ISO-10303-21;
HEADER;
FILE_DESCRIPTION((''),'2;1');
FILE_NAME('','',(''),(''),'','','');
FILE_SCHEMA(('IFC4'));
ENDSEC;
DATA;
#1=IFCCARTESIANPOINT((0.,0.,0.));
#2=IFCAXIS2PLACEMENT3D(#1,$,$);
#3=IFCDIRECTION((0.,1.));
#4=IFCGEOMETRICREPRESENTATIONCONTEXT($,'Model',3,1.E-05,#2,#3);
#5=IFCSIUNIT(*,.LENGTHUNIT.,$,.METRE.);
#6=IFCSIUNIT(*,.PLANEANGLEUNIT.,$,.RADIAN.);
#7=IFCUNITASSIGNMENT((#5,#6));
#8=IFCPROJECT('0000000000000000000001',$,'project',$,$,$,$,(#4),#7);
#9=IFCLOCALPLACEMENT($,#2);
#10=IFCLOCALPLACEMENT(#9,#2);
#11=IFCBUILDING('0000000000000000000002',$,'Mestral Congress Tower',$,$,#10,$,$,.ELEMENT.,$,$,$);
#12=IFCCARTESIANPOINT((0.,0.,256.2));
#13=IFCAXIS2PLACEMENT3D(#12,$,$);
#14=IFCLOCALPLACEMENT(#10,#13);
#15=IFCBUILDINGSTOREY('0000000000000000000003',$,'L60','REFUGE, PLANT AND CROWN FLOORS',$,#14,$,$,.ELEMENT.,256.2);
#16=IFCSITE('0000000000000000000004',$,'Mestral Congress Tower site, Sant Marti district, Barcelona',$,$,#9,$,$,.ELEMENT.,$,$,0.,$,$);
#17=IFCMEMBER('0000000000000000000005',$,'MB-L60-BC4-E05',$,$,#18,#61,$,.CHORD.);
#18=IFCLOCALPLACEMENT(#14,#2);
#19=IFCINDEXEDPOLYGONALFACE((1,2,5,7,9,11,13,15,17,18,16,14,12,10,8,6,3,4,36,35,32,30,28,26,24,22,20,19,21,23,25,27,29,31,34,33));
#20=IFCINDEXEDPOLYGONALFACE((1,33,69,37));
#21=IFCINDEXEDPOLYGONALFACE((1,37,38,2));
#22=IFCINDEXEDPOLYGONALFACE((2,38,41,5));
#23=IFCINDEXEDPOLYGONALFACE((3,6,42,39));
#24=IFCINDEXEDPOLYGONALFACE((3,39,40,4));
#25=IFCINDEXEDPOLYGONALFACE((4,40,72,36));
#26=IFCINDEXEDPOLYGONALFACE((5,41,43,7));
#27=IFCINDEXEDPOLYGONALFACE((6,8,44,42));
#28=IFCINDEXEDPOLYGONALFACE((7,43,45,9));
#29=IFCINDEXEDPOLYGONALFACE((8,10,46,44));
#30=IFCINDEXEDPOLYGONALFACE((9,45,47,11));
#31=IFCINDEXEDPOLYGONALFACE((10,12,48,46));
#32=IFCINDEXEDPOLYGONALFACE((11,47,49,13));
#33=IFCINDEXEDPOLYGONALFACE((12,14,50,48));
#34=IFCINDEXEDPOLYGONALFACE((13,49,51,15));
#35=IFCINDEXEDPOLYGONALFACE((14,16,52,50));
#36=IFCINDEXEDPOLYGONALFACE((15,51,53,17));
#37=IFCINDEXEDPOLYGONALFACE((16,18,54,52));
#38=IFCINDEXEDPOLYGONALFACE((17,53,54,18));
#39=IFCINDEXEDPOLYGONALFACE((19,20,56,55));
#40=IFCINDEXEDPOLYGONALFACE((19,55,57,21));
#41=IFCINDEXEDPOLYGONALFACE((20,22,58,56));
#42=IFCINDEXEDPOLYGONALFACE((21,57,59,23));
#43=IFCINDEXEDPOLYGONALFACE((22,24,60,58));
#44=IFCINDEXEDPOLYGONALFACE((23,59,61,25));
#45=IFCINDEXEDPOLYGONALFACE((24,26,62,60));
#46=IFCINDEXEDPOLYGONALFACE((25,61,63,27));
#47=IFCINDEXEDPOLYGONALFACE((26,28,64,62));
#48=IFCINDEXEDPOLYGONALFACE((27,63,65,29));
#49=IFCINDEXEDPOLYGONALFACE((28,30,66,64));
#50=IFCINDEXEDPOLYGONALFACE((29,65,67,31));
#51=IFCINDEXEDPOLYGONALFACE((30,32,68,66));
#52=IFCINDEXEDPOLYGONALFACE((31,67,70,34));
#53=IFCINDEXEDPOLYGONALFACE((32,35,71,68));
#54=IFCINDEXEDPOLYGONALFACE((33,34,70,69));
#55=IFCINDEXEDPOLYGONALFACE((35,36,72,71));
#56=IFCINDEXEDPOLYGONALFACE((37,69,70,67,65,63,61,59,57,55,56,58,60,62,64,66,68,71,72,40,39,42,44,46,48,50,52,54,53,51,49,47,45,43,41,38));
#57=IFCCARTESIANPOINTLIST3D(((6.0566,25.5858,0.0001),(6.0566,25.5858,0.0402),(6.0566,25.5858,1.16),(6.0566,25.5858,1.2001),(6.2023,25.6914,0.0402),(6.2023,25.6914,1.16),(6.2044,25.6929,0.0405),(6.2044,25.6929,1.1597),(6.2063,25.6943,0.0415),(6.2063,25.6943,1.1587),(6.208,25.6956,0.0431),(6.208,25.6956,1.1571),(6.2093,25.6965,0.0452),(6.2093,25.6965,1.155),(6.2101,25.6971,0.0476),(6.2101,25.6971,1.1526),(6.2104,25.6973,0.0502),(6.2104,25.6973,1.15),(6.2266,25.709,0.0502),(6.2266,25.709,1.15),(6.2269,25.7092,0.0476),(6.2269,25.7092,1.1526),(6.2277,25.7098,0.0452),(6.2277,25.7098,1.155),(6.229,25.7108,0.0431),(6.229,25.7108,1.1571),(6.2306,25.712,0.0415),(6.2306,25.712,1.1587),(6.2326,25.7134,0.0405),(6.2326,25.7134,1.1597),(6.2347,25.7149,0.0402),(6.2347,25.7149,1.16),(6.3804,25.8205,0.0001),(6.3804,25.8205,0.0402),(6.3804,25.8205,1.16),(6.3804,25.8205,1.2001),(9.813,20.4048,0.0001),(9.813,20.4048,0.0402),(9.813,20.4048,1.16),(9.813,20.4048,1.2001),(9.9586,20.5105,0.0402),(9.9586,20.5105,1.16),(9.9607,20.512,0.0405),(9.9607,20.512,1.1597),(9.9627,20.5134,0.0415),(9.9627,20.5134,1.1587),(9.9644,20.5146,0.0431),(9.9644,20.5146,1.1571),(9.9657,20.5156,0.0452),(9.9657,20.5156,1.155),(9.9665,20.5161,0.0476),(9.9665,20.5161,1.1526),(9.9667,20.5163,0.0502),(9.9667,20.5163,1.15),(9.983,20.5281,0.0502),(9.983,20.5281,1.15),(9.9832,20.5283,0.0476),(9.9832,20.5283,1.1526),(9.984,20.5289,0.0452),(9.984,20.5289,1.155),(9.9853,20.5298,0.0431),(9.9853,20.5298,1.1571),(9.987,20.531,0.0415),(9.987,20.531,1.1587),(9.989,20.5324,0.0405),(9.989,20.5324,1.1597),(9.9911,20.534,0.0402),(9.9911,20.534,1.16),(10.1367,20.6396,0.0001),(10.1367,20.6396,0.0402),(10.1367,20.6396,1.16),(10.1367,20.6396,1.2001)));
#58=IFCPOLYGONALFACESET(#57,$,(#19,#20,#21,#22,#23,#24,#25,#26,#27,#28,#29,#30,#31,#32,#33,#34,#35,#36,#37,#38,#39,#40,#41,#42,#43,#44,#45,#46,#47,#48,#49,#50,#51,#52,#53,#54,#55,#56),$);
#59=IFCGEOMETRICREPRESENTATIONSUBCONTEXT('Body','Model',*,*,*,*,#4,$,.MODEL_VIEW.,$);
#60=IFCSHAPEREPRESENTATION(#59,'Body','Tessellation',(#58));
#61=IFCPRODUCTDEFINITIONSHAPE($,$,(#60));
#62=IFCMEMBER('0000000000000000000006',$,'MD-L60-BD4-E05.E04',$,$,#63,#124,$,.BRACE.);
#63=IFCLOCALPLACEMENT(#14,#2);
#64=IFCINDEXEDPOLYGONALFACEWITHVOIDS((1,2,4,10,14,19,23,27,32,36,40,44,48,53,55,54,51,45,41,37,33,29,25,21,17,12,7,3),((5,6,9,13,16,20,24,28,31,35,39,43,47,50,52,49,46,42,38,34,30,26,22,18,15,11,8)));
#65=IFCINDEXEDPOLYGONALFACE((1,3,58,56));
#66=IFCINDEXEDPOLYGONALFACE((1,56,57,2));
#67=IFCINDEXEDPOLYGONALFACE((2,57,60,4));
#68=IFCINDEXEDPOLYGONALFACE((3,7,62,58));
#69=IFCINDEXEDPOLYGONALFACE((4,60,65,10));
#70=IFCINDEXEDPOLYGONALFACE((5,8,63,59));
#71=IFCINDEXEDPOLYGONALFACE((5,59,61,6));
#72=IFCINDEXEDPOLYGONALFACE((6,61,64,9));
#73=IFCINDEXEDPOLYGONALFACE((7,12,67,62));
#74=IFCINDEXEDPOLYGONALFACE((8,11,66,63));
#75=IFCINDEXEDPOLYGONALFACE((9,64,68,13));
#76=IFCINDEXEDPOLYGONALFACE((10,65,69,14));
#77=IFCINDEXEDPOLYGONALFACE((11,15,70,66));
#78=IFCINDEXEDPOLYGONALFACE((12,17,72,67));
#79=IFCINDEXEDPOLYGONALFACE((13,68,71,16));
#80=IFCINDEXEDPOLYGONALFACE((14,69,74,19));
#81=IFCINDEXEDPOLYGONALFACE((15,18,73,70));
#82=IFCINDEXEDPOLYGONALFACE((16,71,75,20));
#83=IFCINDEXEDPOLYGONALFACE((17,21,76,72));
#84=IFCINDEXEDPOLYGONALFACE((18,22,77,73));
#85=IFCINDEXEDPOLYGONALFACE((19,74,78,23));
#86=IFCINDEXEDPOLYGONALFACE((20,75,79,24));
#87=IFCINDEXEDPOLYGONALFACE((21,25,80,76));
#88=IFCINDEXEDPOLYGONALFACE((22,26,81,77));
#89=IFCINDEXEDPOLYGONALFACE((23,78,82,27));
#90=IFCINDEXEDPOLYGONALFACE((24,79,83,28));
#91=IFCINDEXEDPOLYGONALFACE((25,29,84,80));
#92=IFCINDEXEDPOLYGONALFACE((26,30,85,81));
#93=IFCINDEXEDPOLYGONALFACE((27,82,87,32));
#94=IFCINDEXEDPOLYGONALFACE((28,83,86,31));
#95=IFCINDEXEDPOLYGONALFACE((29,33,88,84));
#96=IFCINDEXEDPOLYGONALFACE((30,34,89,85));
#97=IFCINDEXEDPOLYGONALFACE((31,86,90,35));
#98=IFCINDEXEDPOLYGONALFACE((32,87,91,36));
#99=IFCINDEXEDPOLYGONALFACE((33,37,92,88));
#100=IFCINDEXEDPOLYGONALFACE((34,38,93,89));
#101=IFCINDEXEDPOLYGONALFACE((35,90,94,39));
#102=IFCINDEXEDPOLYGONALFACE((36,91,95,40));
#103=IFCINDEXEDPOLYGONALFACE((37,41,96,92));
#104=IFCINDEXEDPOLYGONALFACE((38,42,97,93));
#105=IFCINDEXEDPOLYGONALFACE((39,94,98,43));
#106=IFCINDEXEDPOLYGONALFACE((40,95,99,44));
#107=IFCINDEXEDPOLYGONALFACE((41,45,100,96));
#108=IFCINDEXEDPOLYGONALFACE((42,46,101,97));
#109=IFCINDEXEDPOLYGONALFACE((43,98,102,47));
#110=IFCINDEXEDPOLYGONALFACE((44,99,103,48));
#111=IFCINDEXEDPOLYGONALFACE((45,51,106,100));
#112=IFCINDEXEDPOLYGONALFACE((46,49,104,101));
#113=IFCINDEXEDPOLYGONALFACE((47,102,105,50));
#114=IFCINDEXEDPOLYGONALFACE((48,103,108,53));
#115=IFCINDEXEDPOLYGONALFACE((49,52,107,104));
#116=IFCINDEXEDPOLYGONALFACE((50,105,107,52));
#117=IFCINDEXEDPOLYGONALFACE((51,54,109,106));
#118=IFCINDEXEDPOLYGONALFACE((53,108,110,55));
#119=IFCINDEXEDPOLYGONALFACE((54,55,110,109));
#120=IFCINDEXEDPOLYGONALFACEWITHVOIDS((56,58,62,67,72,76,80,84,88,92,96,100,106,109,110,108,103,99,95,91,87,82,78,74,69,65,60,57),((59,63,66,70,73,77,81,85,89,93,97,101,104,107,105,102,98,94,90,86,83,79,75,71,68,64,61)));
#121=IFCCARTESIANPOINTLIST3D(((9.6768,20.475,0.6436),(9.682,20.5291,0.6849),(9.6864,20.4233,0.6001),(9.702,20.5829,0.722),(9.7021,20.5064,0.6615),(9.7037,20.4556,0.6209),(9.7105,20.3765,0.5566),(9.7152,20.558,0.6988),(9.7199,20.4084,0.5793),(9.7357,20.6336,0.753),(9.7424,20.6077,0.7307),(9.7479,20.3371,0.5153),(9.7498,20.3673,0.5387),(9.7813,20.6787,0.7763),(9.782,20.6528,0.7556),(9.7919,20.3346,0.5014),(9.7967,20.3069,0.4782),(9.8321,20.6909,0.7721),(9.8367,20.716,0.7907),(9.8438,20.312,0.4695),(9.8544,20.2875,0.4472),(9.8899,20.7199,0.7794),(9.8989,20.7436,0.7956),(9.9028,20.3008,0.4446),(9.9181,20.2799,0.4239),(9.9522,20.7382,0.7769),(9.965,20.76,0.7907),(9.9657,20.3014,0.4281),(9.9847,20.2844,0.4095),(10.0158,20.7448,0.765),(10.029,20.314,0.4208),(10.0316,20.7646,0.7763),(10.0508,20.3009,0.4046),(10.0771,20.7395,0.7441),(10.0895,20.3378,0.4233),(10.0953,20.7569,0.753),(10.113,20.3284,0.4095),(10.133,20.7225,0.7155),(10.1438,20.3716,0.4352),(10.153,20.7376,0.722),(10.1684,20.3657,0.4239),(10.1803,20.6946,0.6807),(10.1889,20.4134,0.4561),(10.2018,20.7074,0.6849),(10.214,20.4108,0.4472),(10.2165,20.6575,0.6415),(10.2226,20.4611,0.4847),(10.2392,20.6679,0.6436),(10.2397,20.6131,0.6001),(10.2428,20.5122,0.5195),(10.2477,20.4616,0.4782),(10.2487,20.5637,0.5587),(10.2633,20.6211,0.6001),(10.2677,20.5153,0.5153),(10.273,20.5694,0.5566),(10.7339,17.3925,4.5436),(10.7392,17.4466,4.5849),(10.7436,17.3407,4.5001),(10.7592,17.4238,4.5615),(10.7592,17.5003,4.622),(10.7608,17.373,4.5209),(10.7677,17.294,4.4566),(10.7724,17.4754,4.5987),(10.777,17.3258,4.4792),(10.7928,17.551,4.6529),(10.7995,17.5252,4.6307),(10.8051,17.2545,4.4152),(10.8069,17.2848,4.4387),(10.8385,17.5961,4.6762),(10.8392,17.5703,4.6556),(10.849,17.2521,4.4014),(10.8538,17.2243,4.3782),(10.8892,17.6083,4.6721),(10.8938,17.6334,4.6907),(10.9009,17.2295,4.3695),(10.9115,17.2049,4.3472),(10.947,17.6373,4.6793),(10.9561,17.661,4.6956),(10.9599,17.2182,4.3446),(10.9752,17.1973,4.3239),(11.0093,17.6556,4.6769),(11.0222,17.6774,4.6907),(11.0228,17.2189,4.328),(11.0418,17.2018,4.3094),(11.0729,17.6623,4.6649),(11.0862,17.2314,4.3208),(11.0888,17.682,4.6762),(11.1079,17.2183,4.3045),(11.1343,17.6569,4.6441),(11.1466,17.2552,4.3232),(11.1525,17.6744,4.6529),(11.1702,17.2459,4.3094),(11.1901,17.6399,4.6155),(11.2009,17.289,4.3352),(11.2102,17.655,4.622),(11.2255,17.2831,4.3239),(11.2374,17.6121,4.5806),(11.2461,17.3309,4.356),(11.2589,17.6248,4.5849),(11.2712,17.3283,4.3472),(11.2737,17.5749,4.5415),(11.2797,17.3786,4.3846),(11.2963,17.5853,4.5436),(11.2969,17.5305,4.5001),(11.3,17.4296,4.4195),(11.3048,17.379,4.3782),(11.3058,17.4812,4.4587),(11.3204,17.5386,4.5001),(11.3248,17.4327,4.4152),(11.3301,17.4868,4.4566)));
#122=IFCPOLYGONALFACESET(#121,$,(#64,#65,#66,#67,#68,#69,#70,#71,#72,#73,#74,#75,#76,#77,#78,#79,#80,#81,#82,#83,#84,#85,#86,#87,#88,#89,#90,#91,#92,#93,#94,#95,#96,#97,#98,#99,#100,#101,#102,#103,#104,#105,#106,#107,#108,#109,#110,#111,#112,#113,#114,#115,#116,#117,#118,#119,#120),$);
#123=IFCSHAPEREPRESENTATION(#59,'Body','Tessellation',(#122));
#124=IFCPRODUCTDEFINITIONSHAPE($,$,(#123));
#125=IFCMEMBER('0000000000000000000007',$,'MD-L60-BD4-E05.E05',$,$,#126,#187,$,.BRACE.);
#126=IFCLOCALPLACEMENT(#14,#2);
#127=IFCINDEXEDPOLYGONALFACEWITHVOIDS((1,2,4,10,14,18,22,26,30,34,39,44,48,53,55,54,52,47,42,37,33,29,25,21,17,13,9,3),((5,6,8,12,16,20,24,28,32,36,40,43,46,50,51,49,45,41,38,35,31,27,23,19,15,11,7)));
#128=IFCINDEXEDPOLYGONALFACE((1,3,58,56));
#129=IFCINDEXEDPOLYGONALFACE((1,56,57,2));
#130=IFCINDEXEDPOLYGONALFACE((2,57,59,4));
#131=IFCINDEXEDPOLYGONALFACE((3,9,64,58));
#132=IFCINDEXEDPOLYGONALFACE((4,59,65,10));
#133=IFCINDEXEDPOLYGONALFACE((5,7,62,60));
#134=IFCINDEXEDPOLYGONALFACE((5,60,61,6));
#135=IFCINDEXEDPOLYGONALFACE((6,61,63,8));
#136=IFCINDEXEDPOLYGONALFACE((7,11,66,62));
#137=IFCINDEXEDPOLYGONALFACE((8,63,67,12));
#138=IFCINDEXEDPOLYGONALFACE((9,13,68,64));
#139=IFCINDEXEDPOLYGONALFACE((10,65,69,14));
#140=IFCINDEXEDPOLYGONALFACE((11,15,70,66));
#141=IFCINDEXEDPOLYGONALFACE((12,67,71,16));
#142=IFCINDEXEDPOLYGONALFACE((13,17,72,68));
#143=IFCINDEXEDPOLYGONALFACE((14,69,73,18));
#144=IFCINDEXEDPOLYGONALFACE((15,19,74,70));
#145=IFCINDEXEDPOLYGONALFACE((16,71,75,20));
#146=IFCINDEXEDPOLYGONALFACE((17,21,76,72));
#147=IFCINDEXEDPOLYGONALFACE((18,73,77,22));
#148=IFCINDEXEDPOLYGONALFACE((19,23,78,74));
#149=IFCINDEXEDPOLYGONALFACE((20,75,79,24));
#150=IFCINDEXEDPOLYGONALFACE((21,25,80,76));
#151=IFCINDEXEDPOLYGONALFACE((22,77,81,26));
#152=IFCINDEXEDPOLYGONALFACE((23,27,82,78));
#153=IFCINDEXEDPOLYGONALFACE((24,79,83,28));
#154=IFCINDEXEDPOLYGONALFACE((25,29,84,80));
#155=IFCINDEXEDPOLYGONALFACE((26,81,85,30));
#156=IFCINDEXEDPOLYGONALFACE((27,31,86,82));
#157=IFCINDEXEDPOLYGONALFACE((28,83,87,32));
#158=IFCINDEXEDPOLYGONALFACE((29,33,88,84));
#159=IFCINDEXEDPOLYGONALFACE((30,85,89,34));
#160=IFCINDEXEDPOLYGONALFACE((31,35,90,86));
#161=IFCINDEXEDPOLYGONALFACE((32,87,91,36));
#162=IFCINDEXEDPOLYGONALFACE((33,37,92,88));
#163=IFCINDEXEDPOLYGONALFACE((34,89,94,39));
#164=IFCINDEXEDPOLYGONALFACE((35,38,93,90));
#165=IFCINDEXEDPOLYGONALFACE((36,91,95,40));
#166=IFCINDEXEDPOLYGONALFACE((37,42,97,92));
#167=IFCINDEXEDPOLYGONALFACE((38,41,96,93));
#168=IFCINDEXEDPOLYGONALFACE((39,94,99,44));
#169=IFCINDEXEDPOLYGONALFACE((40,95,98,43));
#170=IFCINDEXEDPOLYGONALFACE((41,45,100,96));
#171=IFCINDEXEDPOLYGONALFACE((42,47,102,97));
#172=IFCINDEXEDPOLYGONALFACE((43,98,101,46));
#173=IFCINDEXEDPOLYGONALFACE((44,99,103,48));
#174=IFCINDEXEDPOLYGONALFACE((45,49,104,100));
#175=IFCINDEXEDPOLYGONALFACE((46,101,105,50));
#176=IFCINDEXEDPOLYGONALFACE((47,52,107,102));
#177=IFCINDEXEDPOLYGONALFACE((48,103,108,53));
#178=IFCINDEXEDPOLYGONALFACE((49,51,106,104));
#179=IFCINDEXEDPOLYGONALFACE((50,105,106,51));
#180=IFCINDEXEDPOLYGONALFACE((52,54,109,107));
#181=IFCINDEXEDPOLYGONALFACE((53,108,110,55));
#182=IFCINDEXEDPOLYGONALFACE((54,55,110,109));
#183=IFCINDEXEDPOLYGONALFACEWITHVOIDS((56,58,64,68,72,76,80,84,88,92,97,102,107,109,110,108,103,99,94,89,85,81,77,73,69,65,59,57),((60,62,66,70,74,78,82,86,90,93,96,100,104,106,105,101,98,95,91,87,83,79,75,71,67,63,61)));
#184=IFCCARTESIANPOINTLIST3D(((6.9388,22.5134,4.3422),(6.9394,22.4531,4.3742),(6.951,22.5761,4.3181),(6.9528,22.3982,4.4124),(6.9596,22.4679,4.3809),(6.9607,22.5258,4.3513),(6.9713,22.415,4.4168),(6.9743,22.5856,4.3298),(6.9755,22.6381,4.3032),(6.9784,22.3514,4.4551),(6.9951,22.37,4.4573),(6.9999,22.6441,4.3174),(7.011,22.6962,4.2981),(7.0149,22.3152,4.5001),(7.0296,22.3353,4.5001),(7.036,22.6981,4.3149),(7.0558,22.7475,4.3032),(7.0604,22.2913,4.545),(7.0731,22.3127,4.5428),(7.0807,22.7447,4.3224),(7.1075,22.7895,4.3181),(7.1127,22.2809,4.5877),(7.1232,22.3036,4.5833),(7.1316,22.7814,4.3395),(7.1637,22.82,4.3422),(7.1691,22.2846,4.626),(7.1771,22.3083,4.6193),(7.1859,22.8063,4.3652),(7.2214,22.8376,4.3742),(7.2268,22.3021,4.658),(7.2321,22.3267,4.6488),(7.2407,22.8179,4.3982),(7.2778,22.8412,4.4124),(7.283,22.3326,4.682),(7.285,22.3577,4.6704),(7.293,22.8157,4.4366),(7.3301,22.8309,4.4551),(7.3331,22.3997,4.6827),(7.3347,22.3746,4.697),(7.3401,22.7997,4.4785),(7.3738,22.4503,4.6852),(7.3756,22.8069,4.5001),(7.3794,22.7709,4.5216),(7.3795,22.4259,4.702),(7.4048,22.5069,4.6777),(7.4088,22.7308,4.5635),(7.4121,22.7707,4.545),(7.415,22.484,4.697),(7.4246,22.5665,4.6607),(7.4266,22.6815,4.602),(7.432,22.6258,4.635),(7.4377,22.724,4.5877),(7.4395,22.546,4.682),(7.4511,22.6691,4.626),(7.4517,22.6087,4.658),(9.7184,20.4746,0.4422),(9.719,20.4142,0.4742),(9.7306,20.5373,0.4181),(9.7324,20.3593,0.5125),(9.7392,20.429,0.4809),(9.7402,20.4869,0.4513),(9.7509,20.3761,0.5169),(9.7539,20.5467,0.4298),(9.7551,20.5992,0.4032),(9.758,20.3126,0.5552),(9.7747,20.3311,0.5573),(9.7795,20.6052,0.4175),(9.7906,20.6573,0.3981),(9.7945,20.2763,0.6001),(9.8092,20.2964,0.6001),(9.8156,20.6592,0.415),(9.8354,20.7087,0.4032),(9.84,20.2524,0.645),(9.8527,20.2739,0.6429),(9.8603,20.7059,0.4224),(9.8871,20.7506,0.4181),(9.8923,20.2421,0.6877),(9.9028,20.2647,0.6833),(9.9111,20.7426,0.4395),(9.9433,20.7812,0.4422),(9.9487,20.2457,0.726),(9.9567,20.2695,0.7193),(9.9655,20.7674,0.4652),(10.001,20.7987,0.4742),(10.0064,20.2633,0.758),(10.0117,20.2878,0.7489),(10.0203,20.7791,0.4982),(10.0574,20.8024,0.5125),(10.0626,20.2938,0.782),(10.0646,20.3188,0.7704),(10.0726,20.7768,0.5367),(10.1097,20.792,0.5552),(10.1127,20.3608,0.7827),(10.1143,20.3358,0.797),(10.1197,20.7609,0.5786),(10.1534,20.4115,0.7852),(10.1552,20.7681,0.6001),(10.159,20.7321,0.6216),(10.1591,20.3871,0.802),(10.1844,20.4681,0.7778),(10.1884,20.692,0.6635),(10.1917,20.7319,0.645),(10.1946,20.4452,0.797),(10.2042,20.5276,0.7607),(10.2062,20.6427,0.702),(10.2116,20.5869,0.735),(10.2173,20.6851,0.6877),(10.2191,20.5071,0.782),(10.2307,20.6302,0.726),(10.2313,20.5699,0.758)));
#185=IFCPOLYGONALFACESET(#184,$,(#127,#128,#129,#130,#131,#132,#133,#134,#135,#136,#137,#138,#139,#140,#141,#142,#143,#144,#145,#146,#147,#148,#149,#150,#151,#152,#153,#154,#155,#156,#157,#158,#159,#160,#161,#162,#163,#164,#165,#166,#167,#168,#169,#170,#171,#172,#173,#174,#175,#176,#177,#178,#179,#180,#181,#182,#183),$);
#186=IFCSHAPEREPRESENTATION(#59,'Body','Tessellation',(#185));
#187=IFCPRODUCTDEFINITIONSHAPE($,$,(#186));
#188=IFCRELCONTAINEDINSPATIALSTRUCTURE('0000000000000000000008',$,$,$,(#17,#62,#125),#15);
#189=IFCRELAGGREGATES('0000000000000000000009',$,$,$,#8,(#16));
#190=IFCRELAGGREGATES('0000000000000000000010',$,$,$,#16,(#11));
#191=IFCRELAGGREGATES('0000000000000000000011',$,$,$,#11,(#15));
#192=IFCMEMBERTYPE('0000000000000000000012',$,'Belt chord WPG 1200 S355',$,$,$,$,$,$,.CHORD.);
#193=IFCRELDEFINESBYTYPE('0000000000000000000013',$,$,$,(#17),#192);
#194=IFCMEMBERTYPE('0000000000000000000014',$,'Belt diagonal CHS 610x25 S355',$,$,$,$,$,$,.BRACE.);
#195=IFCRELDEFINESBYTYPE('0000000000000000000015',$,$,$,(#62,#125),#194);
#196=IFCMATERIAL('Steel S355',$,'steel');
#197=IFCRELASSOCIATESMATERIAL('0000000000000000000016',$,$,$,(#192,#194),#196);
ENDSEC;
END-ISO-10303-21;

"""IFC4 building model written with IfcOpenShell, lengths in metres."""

from ifc_helpers import new_model, si_unit, direction, frame, origin, origin_2d, place, context, subcontext, project, spatial, hollow_circle, i_section, extrude, material, material_profile, profile_set, type_object, element, save


model = new_model("IFC4")

# Units and contexts
model_context = context("Model", 3, precision=1e-05, world=origin(), true_north=direction((0.0, 1.0)))
body_context = subcontext(model_context, "Body", "Model", "MODEL_VIEW")
ifc_project = project(units=[si_unit("LENGTHUNIT", "METRE"), si_unit("PLANEANGLEUNIT", "RADIAN")], contexts=[model_context])

# Site, building, storey
site_placement = place(None, origin())
site = spatial("IfcSite", under=ifc_project, at=site_placement, Name="Mestral Congress Tower site, Sant Marti district, Barcelona", CompositionType="ELEMENT", RefElevation=0.0)
building_placement = place(site_placement, origin())
building = spatial("IfcBuilding", under=site, at=building_placement, Name="Mestral Congress Tower", CompositionType="ELEMENT")
storey_placement = place(building_placement, frame((0.0, 0.0, 256.2)))
storey = spatial("IfcBuildingStorey", under=building, at=storey_placement, Name="L60", Description="REFUGE, PLANT AND CROWN FLOORS", CompositionType="ELEMENT", Elevation=256.2)

# Members
ifc_material_1 = material(Name="Steel S355", Category="steel")
ifc_material_profile_1 = material_profile(ifc_material_1, i_section(OverallWidth=0.3999, OverallDepth=1.2, WebThickness=0.02, FlangeThickness=0.04, FilletRadius=0.01, at=origin_2d()), Name="WPG 1200")
ifc_profile_set_1 = profile_set([ifc_material_profile_1], Name="Steel S355")
member_type_1 = type_object("IfcMemberType", Name="Belt chord WPG 1200 S355", PredefinedType="CHORD", material=ifc_profile_set_1)
member_1_placement = place(storey_placement, frame((9.9749, 20.5222, 0.6001), z_axis=(-0.586987, 0.809596, 0.0), x_axis=(-0.809596, -0.586987, 0.0)))
element("IfcMember", 1, at=member_1_placement, inside=storey, type_object=member_type_1, Name="MB-L60-BC4-E05", PredefinedType="CHORD", context=body_context, shape_type="SweptSolid", body=[
    extrude(i_section(OverallWidth=0.3999, OverallDepth=1.2, WebThickness=0.02, FlangeThickness=0.04, FilletRadius=0.01, at=origin_2d()), origin(), (0.0, 0.0, 1.0), 6.3994),
])
ifc_material_profile_2 = material_profile(ifc_material_1, hollow_circle(Radius=0.3049, WallThickness=0.0249, at=origin_2d()), Name="CHS 610x25")
ifc_profile_set_2 = profile_set([ifc_material_profile_2], Name="Steel S355")
member_type_2 = type_object("IfcMemberType", Name="Belt diagonal CHS 610x25 S355", PredefinedType="BRACE", material=ifc_profile_set_2)
member_2_placement = place(storey_placement, frame((9.9749, 20.5222, 0.6001), z_axis=(0.208006, -0.606533, 0.767366), x_axis=(0.945921, 0.324397, 0.0)))
element("IfcMember", 2, at=member_2_placement, inside=storey, type_object=member_type_2, Name="MD-L60-BD4-E05.E04", PredefinedType="BRACE", context=body_context, shape_type="SweptSolid", body=[
    extrude(hollow_circle(Radius=0.3049, WallThickness=0.0249, at=origin_2d()), origin(), (0.0, 0.0, 1.0), 5.0823),
])
member_3_placement = place(storey_placement, frame((9.9749, 20.5222, 0.6001), z_axis=(-0.534015, 0.391705, 0.749263), x_axis=(-0.591456, -0.806337, 0.0)))
element("IfcMember", 3, at=member_3_placement, inside=storey, type_object=member_type_2, Name="MD-L60-BD4-E05.E05", PredefinedType="BRACE", context=body_context, shape_type="SweptSolid", body=[
    extrude(hollow_circle(Radius=0.3049, WallThickness=0.0249, at=origin_2d()), origin(), (0.0, 0.0, 1.0), 5.2051),
])

save(model, "model.ifc")
